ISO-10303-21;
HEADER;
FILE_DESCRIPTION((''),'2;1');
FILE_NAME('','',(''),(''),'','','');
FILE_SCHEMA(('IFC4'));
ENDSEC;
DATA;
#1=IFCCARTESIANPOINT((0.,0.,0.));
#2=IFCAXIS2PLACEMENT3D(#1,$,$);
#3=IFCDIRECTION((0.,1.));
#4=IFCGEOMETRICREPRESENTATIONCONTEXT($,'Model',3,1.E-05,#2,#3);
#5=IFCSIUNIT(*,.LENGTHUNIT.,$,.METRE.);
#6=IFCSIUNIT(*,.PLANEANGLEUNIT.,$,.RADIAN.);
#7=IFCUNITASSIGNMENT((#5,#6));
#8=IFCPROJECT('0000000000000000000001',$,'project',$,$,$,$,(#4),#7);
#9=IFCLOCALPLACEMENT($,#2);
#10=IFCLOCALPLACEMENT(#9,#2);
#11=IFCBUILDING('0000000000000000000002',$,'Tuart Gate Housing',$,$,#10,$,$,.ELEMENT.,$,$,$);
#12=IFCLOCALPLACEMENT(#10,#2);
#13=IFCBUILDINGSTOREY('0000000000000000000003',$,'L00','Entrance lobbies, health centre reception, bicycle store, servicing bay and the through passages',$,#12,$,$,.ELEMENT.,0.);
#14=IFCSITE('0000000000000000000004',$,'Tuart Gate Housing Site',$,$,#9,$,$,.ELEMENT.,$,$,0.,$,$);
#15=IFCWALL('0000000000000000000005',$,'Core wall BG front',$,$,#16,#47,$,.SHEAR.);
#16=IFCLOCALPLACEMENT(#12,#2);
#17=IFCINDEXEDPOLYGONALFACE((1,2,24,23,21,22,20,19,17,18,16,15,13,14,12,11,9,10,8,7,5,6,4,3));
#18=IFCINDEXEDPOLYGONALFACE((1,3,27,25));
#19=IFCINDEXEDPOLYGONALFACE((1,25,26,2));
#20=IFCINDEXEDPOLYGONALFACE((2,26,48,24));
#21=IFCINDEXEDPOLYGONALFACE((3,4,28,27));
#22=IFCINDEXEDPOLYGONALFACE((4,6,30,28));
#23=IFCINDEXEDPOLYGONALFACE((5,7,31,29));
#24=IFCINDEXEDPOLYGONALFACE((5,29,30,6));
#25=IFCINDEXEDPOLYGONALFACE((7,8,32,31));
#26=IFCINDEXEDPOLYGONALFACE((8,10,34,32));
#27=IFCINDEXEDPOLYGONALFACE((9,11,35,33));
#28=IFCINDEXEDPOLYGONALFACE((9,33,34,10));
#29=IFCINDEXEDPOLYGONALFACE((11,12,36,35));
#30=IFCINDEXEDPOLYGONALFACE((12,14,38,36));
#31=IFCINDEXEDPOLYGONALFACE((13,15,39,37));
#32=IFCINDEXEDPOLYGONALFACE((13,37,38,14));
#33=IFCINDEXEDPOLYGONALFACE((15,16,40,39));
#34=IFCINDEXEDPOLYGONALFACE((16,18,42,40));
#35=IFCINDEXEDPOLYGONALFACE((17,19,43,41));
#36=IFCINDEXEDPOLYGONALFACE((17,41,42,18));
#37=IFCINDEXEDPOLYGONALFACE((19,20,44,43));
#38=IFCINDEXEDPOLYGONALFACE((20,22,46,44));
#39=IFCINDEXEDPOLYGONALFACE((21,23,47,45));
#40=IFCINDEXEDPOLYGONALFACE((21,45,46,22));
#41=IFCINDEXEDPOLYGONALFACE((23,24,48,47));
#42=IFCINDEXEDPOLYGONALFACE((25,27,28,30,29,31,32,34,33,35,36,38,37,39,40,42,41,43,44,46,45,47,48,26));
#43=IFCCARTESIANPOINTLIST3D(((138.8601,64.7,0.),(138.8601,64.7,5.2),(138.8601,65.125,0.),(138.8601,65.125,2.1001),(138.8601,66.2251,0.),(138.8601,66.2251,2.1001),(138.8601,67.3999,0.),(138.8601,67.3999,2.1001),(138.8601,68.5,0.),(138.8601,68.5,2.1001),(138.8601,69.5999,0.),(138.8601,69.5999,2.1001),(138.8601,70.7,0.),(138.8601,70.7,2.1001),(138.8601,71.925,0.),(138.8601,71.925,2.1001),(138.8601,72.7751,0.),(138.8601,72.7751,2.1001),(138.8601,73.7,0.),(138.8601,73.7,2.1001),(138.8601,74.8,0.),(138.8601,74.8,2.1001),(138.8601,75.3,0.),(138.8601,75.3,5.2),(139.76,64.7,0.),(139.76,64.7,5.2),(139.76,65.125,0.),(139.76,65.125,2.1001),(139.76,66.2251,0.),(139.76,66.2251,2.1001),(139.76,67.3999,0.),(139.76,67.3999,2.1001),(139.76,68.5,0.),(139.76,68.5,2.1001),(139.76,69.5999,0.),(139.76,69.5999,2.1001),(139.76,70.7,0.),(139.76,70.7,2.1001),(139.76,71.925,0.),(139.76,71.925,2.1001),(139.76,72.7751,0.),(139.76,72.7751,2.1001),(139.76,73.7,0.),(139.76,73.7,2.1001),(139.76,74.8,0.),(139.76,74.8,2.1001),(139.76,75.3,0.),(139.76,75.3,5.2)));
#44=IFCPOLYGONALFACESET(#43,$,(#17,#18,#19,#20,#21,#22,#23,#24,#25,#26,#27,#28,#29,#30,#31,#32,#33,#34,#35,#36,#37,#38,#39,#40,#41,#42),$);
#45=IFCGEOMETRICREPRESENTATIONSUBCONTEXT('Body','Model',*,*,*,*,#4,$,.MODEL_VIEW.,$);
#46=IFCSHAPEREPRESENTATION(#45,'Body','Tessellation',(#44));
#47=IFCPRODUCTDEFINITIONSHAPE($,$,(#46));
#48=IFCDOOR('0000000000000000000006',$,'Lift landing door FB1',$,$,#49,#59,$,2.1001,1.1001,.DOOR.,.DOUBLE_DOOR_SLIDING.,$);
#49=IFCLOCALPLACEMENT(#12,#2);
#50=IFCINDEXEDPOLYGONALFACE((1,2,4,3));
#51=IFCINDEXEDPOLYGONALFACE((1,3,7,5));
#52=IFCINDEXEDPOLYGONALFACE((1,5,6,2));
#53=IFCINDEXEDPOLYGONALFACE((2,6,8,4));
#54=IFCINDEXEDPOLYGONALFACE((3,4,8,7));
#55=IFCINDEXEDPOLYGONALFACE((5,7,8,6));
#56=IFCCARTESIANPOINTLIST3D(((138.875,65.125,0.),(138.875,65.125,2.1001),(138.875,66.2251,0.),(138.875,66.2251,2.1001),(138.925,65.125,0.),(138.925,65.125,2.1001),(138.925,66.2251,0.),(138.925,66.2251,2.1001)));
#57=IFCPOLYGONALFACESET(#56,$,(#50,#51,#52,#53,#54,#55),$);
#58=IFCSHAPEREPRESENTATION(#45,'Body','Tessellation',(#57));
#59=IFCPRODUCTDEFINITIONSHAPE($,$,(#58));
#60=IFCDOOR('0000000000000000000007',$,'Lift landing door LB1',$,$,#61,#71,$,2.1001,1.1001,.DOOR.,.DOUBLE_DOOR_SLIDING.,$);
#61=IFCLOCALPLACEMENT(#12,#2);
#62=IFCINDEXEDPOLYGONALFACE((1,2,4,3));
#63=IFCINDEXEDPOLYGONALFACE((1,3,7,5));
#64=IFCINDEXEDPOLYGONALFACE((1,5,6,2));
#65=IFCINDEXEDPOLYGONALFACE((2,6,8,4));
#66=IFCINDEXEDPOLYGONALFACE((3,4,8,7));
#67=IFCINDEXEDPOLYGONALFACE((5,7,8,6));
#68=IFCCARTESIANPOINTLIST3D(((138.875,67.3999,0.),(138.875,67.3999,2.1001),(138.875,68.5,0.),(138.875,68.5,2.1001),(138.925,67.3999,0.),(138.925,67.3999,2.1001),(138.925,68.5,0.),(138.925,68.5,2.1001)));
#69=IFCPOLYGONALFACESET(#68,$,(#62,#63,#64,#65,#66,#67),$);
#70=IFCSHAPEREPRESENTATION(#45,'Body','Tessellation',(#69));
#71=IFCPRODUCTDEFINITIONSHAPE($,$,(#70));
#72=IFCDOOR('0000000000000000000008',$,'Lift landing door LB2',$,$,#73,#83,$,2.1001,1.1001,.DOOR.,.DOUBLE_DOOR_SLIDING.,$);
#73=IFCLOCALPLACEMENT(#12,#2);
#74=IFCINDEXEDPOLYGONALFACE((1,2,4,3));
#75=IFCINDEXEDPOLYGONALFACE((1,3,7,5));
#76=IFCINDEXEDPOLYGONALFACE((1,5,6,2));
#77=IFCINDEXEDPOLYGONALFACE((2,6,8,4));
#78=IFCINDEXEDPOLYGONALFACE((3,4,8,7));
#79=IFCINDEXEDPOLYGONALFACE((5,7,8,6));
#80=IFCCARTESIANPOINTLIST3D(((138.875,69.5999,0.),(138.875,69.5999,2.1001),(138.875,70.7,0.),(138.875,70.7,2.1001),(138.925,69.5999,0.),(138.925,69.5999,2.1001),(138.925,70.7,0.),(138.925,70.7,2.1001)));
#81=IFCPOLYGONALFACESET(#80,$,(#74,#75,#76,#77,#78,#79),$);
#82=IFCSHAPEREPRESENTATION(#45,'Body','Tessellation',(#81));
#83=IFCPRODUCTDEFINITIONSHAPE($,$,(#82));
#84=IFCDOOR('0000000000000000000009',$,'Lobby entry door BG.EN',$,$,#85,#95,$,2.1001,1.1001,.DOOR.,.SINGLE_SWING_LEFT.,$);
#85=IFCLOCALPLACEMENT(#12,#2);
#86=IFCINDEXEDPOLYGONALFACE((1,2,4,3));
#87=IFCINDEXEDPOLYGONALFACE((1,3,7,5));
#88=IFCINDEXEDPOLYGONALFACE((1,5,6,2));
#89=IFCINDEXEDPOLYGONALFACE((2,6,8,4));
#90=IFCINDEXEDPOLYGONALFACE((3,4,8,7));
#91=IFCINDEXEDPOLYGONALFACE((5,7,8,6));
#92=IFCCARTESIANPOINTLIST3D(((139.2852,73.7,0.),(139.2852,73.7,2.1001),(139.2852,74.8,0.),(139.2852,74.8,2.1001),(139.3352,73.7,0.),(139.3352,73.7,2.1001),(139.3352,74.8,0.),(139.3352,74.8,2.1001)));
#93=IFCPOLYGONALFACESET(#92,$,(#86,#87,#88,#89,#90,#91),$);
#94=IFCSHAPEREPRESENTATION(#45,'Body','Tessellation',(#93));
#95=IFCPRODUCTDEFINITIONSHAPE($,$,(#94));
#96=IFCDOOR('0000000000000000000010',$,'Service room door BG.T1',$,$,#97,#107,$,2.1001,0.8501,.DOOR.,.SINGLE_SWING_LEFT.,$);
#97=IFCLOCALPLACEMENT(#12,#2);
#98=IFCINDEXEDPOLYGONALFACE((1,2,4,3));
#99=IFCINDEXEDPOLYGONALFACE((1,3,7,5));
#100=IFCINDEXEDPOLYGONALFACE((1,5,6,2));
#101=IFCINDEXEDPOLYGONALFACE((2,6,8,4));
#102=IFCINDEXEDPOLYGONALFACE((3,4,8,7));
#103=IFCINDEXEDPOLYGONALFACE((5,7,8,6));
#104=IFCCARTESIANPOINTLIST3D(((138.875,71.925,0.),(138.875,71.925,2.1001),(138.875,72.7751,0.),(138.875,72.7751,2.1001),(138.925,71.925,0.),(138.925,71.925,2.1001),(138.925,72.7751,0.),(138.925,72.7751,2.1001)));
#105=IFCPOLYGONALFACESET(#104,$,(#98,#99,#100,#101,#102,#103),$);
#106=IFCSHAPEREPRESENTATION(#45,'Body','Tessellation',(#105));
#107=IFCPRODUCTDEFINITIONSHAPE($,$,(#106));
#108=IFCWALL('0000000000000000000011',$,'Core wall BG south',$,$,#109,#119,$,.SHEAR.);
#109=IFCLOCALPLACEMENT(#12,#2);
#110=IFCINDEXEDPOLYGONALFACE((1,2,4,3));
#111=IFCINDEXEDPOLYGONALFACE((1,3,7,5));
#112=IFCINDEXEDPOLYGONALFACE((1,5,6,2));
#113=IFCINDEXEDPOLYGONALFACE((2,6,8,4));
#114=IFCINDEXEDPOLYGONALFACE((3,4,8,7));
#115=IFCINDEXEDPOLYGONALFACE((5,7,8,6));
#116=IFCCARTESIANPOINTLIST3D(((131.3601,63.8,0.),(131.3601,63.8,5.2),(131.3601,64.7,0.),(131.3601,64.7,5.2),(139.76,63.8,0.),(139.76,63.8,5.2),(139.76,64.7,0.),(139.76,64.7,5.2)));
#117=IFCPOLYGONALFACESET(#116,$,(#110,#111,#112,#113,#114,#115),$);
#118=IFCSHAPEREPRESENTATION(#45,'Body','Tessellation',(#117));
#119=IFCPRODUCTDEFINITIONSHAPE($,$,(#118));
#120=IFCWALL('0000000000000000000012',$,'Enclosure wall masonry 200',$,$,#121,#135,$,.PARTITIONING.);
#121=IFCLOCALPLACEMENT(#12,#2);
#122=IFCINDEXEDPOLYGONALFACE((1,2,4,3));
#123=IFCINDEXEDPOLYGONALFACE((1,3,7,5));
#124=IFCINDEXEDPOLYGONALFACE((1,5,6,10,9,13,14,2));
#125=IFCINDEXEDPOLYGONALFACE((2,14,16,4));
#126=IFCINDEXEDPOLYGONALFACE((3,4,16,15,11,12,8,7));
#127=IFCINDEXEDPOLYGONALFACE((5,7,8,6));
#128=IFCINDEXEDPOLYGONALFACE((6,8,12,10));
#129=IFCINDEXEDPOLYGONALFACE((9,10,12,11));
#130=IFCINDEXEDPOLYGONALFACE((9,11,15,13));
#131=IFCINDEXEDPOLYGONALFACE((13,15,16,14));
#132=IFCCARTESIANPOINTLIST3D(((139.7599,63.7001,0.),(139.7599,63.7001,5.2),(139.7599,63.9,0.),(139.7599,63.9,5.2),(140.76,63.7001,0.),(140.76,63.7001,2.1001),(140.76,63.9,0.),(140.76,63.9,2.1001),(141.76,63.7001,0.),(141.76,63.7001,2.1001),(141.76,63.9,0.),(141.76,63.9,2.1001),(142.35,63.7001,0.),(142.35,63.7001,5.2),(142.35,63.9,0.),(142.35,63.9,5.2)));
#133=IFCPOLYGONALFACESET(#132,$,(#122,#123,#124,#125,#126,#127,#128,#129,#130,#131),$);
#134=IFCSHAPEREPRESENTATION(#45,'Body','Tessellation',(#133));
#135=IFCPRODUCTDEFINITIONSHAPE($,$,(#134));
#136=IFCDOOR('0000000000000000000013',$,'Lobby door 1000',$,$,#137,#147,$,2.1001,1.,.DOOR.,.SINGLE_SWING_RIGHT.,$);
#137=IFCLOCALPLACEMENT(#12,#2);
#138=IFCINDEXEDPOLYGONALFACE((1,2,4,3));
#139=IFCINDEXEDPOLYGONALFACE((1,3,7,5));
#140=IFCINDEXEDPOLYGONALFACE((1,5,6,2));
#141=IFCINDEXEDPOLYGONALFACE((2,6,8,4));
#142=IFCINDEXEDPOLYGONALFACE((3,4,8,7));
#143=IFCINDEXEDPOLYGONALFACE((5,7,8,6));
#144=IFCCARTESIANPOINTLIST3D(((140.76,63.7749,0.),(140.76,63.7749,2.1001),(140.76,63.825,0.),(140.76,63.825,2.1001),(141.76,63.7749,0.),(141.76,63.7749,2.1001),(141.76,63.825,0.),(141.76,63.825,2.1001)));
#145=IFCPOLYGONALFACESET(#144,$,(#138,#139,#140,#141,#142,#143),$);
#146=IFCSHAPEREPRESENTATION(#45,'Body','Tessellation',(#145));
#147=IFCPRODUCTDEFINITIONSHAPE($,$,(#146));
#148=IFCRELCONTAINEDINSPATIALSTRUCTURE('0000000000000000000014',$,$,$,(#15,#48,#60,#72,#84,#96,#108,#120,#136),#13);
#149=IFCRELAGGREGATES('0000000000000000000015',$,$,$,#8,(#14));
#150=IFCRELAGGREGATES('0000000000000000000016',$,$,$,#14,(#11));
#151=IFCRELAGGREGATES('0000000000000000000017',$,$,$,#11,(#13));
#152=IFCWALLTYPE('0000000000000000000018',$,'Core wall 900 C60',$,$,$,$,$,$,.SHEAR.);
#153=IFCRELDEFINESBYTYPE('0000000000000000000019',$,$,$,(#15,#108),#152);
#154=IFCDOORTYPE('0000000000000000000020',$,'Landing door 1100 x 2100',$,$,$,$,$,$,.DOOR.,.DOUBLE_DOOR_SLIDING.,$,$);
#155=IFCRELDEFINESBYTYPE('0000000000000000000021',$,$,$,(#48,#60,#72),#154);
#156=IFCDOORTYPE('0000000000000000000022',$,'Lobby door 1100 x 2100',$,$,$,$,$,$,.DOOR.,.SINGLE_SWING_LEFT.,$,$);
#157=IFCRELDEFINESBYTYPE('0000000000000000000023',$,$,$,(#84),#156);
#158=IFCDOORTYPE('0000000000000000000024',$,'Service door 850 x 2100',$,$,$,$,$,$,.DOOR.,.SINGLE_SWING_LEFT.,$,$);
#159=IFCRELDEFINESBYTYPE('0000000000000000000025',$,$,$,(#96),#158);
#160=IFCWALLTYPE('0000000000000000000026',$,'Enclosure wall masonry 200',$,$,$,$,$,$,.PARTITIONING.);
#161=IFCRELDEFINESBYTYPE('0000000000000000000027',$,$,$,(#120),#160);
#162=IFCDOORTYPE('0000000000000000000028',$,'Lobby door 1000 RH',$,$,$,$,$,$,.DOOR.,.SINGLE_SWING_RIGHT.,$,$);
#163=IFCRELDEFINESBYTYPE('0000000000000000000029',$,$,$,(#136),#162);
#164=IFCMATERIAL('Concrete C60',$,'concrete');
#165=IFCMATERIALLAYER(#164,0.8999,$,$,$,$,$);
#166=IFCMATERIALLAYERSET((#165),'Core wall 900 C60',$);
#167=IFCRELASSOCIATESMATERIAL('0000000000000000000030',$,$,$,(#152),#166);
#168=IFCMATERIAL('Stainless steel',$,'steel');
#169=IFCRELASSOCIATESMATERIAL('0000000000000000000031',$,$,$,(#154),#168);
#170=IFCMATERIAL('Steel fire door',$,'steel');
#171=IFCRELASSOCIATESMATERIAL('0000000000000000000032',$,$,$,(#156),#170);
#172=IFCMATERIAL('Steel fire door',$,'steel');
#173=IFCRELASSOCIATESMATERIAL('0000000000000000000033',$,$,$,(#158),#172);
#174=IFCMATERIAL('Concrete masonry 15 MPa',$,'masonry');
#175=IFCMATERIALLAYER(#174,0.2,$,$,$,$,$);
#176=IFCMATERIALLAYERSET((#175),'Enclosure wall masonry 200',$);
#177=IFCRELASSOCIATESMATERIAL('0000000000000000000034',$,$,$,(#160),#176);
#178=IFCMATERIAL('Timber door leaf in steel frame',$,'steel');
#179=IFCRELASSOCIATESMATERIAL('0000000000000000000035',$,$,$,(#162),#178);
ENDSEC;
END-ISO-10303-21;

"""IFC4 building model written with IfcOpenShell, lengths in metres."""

from ifc_helpers import new_model, si_unit, direction, frame, frame_2d, origin, place, context, subcontext, project, spatial, rectangle, extrude, material, layer, layer_set, type_object, element, fill, save


model = new_model("IFC4")

# Units and contexts
model_context = context("Model", 3, precision=1e-05, world=origin(), true_north=direction((0.0, 1.0)))
body_context = subcontext(model_context, "Body", "Model", "MODEL_VIEW")
ifc_project = project(units=[si_unit("LENGTHUNIT", "METRE"), si_unit("PLANEANGLEUNIT", "RADIAN")], contexts=[model_context])

# Site, building, storey
site_placement = place(None, origin())
site = spatial("IfcSite", under=ifc_project, at=site_placement, Name="Tuart Gate Housing Site", CompositionType="ELEMENT", RefElevation=0.0)
building_placement = place(site_placement, origin())
building = spatial("IfcBuilding", under=site, at=building_placement, Name="Tuart Gate Housing", CompositionType="ELEMENT")
storey_placement = place(building_placement, origin())
storey = spatial("IfcBuildingStorey", under=building, at=storey_placement, Name="L00", Description="Entrance lobbies, health centre reception, bicycle store, servicing bay and the through passages", CompositionType="ELEMENT", Elevation=0.0)

# Wall, openings, doors
ifc_material_1 = material(Name="Concrete C60", Category="concrete")
ifc_layer_1 = layer(ifc_material_1, 0.8999)
ifc_layer_set_1 = layer_set([ifc_layer_1], Name="Core wall 900 C60")
wall_type_1 = type_object("IfcWallType", Name="Core wall 900 C60", PredefinedType="SHEAR", material=ifc_layer_set_1)
wall_1_placement = place(storey_placement, frame((139.3101, 64.7, 0.0), z_axis=(0.0, 0.0, 1.0), x_axis=(0.0, 1.0, 0.0)))
wall_1 = element("IfcWall", 1, at=wall_1_placement, inside=storey, type_object=wall_type_1, Name="Core wall BG front", PredefinedType="SHEAR", context=body_context, shape_type="SweptSolid", body=[
    extrude(rectangle(XDim=10.6001, YDim=0.8999, at=frame_2d((5.3, 0.0))), origin(), (0.0, 0.0, 1.0), 5.2),
])
opening_1_placement = place(wall_1_placement, frame((0.425, 0.0, 0.0)))
opening_1 = element("IfcOpeningElement", 2, at=opening_1_placement, cuts=wall_1, PredefinedType="OPENING", context=body_context, shape_type="SweptSolid", body=[
    extrude(rectangle(XDim=1.1001, YDim=2.1001, at=frame_2d((0.55, 1.05))), frame((0.0, 0.46, 0.0), z_axis=(0.0, -1.0, 0.0), x_axis=(1.0, 0.0, 0.0)), (0.0, 0.0, 1.0), 0.9199),
])
opening_2_placement = place(wall_1_placement, frame((2.7, 0.0, 0.0)))
opening_2 = element("IfcOpeningElement", 3, at=opening_2_placement, cuts=wall_1, PredefinedType="OPENING", context=body_context, shape_type="SweptSolid", body=[
    extrude(rectangle(XDim=1.1001, YDim=2.1001, at=frame_2d((0.55, 1.05))), frame((0.0, 0.46, 0.0), z_axis=(0.0, -1.0, 0.0), x_axis=(1.0, 0.0, 0.0)), (0.0, 0.0, 1.0), 0.9199),
])
opening_3_placement = place(wall_1_placement, frame((4.8999, 0.0, 0.0)))
opening_3 = element("IfcOpeningElement", 4, at=opening_3_placement, cuts=wall_1, PredefinedType="OPENING", context=body_context, shape_type="SweptSolid", body=[
    extrude(rectangle(XDim=1.1001, YDim=2.1001, at=frame_2d((0.55, 1.05))), frame((0.0, 0.46, 0.0), z_axis=(0.0, -1.0, 0.0), x_axis=(1.0, 0.0, 0.0)), (0.0, 0.0, 1.0), 0.9199),
])
opening_4_placement = place(wall_1_placement, frame((9.0, 0.0, 0.0)))
opening_4 = element("IfcOpeningElement", 5, at=opening_4_placement, cuts=wall_1, PredefinedType="OPENING", context=body_context, shape_type="SweptSolid", body=[
    extrude(rectangle(XDim=1.1001, YDim=2.1001, at=frame_2d((0.55, 1.05))), frame((0.0, 0.46, 0.0), z_axis=(0.0, -1.0, 0.0), x_axis=(1.0, 0.0, 0.0)), (0.0, 0.0, 1.0), 0.9199),
])
opening_5_placement = place(wall_1_placement, frame((7.2251, 0.0, 0.0)))
opening_5 = element("IfcOpeningElement", 6, at=opening_5_placement, cuts=wall_1, PredefinedType="OPENING", context=body_context, shape_type="SweptSolid", body=[
    extrude(rectangle(XDim=0.8501, YDim=2.1001, at=frame_2d((0.425, 1.05))), frame((0.0, 0.46, 0.0), z_axis=(0.0, -1.0, 0.0), x_axis=(1.0, 0.0, 0.0)), (0.0, 0.0, 1.0), 0.9199),
])
ifc_material_2 = material(Name="Stainless steel", Category="steel")
door_type_1 = type_object("IfcDoorType", Name="Landing door 1100 x 2100", OperationType="DOUBLE_DOOR_SLIDING", PredefinedType="DOOR", material=ifc_material_2)
door_1_placement = place(opening_1_placement, origin())
door_1 = element("IfcDoor", 7, at=door_1_placement, inside=storey, type_object=door_type_1, Name="Lift landing door FB1", OperationType="DOUBLE_DOOR_SLIDING", OverallHeight=2.1001, OverallWidth=1.1001, PredefinedType="DOOR", context=body_context, shape_type="SweptSolid", body=[
    extrude(rectangle(XDim=1.1001, YDim=2.1001, at=frame_2d((0.55, 1.05))), frame((0.0, 0.4351, 0.0), z_axis=(0.0, -1.0, 0.0), x_axis=(1.0, 0.0, 0.0)), (0.0, 0.0, 1.0), 0.05),
])
fill(opening_1, door_1)
door_2_placement = place(opening_2_placement, origin())
door_2 = element("IfcDoor", 8, at=door_2_placement, inside=storey, type_object=door_type_1, Name="Lift landing door LB1", OperationType="DOUBLE_DOOR_SLIDING", OverallHeight=2.1001, OverallWidth=1.1001, PredefinedType="DOOR", context=body_context, shape_type="SweptSolid", body=[
    extrude(rectangle(XDim=1.1001, YDim=2.1001, at=frame_2d((0.55, 1.05))), frame((0.0, 0.4351, 0.0), z_axis=(0.0, -1.0, 0.0), x_axis=(1.0, 0.0, 0.0)), (0.0, 0.0, 1.0), 0.05),
])
fill(opening_2, door_2)
door_3_placement = place(opening_3_placement, origin())
door_3 = element("IfcDoor", 9, at=door_3_placement, inside=storey, type_object=door_type_1, Name="Lift landing door LB2", OperationType="DOUBLE_DOOR_SLIDING", OverallHeight=2.1001, OverallWidth=1.1001, PredefinedType="DOOR", context=body_context, shape_type="SweptSolid", body=[
    extrude(rectangle(XDim=1.1001, YDim=2.1001, at=frame_2d((0.55, 1.05))), frame((0.0, 0.4351, 0.0), z_axis=(0.0, -1.0, 0.0), x_axis=(1.0, 0.0, 0.0)), (0.0, 0.0, 1.0), 0.05),
])
fill(opening_3, door_3)
ifc_material_3 = material(Name="Steel fire door", Category="steel")
door_type_2 = type_object("IfcDoorType", Name="Lobby door 1100 x 2100", OperationType="SINGLE_SWING_LEFT", PredefinedType="DOOR", material=ifc_material_3)
door_4_placement = place(opening_4_placement, origin())
door_4 = element("IfcDoor", 10, at=door_4_placement, inside=storey, type_object=door_type_2, Name="Lobby entry door BG.EN", OperationType="SINGLE_SWING_LEFT", OverallHeight=2.1001, OverallWidth=1.1001, PredefinedType="DOOR", context=body_context, shape_type="SweptSolid", body=[
    extrude(rectangle(XDim=1.1001, YDim=2.1001, at=frame_2d((0.55, 1.05))), frame((0.0, 0.0249, 0.0), z_axis=(0.0, -1.0, 0.0), x_axis=(1.0, 0.0, 0.0)), (0.0, 0.0, 1.0), 0.05),
])
fill(opening_4, door_4)
ifc_material_4 = material(Name="Steel fire door", Category="steel")
door_type_3 = type_object("IfcDoorType", Name="Service door 850 x 2100", OperationType="SINGLE_SWING_LEFT", PredefinedType="DOOR", material=ifc_material_4)
door_5_placement = place(opening_5_placement, origin())
door_5 = element("IfcDoor", 11, at=door_5_placement, inside=storey, type_object=door_type_3, Name="Service room door BG.T1", OperationType="SINGLE_SWING_LEFT", OverallHeight=2.1001, OverallWidth=0.8501, PredefinedType="DOOR", context=body_context, shape_type="SweptSolid", body=[
    extrude(rectangle(XDim=0.8501, YDim=2.1001, at=frame_2d((0.425, 1.05))), frame((0.0, 0.4351, 0.0), z_axis=(0.0, -1.0, 0.0), x_axis=(1.0, 0.0, 0.0)), (0.0, 0.0, 1.0), 0.05),
])
fill(opening_5, door_5)

# Wall
wall_2_placement = place(storey_placement, frame((139.76, 64.25, 0.0), z_axis=(0.0, 0.0, 1.0), x_axis=(-1.0, 0.0, 0.0)))
element("IfcWall", 12, at=wall_2_placement, inside=storey, type_object=wall_type_1, Name="Core wall BG south", PredefinedType="SHEAR", context=body_context, shape_type="SweptSolid", body=[
    extrude(rectangle(XDim=8.3999, YDim=0.8999, at=frame_2d((4.2, 0.0))), origin(), (0.0, 0.0, 1.0), 5.2),
])

# Wall, opening, door
ifc_material_5 = material(Name="Concrete masonry 15 MPa", Category="masonry")
ifc_layer_2 = layer(ifc_material_5, 0.2)
ifc_layer_set_2 = layer_set([ifc_layer_2], Name="Enclosure wall masonry 200")
wall_type_2 = type_object("IfcWallType", Name="Enclosure wall masonry 200", PredefinedType="PARTITIONING", material=ifc_layer_set_2)
wall_3_placement = place(storey_placement, frame((139.76, 63.8, 0.0), z_axis=(0.0, 0.0, 1.0), x_axis=(1.0, 0.0, 0.0)))
wall_3 = element("IfcWall", 13, at=wall_3_placement, inside=storey, type_object=wall_type_2, Name="Enclosure wall masonry 200", PredefinedType="PARTITIONING", context=body_context, shape_type="SweptSolid", body=[
    extrude(rectangle(XDim=2.5901, YDim=0.2, at=frame_2d((1.2949, 0.0))), origin(), (0.0, 0.0, 1.0), 5.2),
])
opening_6_placement = place(wall_3_placement, frame((1.0, 0.0, 0.0)))
opening_6 = element("IfcOpeningElement", 14, at=opening_6_placement, cuts=wall_3, PredefinedType="OPENING", context=body_context, shape_type="SweptSolid", body=[
    extrude(rectangle(XDim=1.0, YDim=2.1001, at=frame_2d((0.5, 1.05))), frame((0.0, 0.1099, 0.0), z_axis=(0.0, -1.0, 0.0), x_axis=(1.0, 0.0, 0.0)), (0.0, 0.0, 1.0), 0.22),
])
ifc_material_6 = material(Name="Timber door leaf in steel frame", Category="steel")
door_type_4 = type_object("IfcDoorType", Name="Lobby door 1000 RH", OperationType="SINGLE_SWING_RIGHT", PredefinedType="DOOR", material=ifc_material_6)
door_6_placement = place(opening_6_placement, origin())
door_6 = element("IfcDoor", 15, at=door_6_placement, inside=storey, type_object=door_type_4, Name="Lobby door 1000", OperationType="SINGLE_SWING_RIGHT", OverallHeight=2.1001, OverallWidth=1.0, PredefinedType="DOOR", context=body_context, shape_type="SweptSolid", body=[
    extrude(rectangle(XDim=1.0, YDim=2.1001, at=frame_2d((0.5, 1.05))), frame((0.0, 0.0249, 0.0), z_axis=(0.0, -1.0, 0.0), x_axis=(1.0, 0.0, 0.0)), (0.0, 0.0, 1.0), 0.05),
])
fill(opening_6, door_6)

save(model, "model.ifc")
